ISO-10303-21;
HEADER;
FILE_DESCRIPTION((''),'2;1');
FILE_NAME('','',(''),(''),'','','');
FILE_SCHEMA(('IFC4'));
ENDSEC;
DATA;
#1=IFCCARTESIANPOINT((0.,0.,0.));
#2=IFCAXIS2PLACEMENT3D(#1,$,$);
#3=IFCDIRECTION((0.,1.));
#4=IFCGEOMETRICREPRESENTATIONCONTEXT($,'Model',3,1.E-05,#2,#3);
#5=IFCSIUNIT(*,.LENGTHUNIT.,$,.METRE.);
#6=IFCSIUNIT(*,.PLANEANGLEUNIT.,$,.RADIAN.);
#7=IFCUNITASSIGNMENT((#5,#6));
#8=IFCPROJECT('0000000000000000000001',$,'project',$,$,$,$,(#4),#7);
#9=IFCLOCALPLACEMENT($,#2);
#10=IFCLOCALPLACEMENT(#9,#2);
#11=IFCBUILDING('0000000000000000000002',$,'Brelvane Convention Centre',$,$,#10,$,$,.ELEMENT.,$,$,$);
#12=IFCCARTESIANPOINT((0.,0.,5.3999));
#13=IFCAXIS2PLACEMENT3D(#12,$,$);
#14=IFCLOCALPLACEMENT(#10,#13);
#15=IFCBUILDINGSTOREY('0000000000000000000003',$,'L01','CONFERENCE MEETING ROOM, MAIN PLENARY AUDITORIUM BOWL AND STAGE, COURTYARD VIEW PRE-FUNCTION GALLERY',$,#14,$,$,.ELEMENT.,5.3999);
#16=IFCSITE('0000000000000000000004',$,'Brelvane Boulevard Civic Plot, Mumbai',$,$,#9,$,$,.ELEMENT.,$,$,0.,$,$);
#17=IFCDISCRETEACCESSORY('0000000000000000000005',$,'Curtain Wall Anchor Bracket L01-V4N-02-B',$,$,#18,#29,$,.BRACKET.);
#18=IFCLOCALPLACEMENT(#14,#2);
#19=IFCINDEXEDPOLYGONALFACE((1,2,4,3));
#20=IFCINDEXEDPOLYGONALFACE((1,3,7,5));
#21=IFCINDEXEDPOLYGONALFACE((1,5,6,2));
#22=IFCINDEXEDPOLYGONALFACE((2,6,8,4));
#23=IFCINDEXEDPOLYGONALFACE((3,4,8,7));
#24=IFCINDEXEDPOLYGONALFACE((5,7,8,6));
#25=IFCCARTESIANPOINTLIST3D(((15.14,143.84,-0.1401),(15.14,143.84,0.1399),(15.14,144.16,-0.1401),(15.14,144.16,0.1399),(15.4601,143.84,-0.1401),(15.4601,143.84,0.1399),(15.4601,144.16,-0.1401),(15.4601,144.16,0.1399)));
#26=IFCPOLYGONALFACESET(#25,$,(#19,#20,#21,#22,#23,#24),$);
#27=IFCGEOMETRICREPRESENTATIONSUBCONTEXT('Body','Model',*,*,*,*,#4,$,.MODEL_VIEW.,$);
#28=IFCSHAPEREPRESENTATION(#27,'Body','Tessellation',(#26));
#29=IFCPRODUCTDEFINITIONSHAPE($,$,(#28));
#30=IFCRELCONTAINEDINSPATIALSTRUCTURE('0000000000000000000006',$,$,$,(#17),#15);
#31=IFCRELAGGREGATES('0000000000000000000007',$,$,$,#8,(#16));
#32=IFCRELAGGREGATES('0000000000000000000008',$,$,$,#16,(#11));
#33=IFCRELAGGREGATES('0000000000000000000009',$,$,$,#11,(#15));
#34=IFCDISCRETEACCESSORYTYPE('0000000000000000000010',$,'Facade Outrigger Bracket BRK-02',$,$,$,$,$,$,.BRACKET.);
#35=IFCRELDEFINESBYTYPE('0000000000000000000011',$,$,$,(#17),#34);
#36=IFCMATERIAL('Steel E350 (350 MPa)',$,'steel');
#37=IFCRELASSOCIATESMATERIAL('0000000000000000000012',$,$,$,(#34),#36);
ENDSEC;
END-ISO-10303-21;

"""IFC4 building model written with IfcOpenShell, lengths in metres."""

from ifc_helpers import new_model, si_unit, direction, frame, origin, origin_2d, place, context, subcontext, project, spatial, rectangle, extrude, material, type_object, element, save


model = new_model("IFC4")

# Units and contexts
model_context = context("Model", 3, precision=1e-05, world=origin(), true_north=direction((0.0, 1.0)))
body_context = subcontext(model_context, "Body", "Model", "MODEL_VIEW")
ifc_project = project(units=[si_unit("LENGTHUNIT", "METRE"), si_unit("PLANEANGLEUNIT", "RADIAN")], contexts=[model_context])

# Site, building, storey
site_placement = place(None, origin())
site = spatial("IfcSite", under=ifc_project, at=site_placement, Name="Brelvane Boulevard Civic Plot, Mumbai", CompositionType="ELEMENT", RefElevation=0.0)
building_placement = place(site_placement, origin())
building = spatial("IfcBuilding", under=site, at=building_placement, Name="Brelvane Convention Centre", CompositionType="ELEMENT")
storey_placement = place(building_placement, frame((0.0, 0.0, 5.3999)))
storey = spatial("IfcBuildingStorey", under=building, at=storey_placement, Name="L01", Description="CONFERENCE MEETING ROOM, MAIN PLENARY AUDITORIUM BOWL AND STAGE, COURTYARD VIEW PRE-FUNCTION GALLERY", CompositionType="ELEMENT", Elevation=5.3999)

# Discrete accessory
ifc_material_1 = material(Name="Steel E350 (350 MPa)", Category="steel")
discrete_accessory_type = type_object("IfcDiscreteAccessoryType", Name="Facade Outrigger Bracket BRK-02", PredefinedType="BRACKET", material=ifc_material_1)
discrete_accessory_1_placement = place(storey_placement, frame((15.3, 144.0, -0.1401), z_axis=(0.0, 0.0, 1.0), x_axis=(1.0, 0.0, 0.0)))
element("IfcDiscreteAccessory", 1, at=discrete_accessory_1_placement, inside=storey, type_object=discrete_accessory_type, Name="Curtain Wall Anchor Bracket L01-V4N-02-B", PredefinedType="BRACKET", context=body_context, shape_type="SweptSolid", body=[
    extrude(rectangle(XDim=0.3201, YDim=0.3201, at=origin_2d()), origin(), (0.0, 0.0, 1.0), 0.28),
])

save(model, "model.ifc")
